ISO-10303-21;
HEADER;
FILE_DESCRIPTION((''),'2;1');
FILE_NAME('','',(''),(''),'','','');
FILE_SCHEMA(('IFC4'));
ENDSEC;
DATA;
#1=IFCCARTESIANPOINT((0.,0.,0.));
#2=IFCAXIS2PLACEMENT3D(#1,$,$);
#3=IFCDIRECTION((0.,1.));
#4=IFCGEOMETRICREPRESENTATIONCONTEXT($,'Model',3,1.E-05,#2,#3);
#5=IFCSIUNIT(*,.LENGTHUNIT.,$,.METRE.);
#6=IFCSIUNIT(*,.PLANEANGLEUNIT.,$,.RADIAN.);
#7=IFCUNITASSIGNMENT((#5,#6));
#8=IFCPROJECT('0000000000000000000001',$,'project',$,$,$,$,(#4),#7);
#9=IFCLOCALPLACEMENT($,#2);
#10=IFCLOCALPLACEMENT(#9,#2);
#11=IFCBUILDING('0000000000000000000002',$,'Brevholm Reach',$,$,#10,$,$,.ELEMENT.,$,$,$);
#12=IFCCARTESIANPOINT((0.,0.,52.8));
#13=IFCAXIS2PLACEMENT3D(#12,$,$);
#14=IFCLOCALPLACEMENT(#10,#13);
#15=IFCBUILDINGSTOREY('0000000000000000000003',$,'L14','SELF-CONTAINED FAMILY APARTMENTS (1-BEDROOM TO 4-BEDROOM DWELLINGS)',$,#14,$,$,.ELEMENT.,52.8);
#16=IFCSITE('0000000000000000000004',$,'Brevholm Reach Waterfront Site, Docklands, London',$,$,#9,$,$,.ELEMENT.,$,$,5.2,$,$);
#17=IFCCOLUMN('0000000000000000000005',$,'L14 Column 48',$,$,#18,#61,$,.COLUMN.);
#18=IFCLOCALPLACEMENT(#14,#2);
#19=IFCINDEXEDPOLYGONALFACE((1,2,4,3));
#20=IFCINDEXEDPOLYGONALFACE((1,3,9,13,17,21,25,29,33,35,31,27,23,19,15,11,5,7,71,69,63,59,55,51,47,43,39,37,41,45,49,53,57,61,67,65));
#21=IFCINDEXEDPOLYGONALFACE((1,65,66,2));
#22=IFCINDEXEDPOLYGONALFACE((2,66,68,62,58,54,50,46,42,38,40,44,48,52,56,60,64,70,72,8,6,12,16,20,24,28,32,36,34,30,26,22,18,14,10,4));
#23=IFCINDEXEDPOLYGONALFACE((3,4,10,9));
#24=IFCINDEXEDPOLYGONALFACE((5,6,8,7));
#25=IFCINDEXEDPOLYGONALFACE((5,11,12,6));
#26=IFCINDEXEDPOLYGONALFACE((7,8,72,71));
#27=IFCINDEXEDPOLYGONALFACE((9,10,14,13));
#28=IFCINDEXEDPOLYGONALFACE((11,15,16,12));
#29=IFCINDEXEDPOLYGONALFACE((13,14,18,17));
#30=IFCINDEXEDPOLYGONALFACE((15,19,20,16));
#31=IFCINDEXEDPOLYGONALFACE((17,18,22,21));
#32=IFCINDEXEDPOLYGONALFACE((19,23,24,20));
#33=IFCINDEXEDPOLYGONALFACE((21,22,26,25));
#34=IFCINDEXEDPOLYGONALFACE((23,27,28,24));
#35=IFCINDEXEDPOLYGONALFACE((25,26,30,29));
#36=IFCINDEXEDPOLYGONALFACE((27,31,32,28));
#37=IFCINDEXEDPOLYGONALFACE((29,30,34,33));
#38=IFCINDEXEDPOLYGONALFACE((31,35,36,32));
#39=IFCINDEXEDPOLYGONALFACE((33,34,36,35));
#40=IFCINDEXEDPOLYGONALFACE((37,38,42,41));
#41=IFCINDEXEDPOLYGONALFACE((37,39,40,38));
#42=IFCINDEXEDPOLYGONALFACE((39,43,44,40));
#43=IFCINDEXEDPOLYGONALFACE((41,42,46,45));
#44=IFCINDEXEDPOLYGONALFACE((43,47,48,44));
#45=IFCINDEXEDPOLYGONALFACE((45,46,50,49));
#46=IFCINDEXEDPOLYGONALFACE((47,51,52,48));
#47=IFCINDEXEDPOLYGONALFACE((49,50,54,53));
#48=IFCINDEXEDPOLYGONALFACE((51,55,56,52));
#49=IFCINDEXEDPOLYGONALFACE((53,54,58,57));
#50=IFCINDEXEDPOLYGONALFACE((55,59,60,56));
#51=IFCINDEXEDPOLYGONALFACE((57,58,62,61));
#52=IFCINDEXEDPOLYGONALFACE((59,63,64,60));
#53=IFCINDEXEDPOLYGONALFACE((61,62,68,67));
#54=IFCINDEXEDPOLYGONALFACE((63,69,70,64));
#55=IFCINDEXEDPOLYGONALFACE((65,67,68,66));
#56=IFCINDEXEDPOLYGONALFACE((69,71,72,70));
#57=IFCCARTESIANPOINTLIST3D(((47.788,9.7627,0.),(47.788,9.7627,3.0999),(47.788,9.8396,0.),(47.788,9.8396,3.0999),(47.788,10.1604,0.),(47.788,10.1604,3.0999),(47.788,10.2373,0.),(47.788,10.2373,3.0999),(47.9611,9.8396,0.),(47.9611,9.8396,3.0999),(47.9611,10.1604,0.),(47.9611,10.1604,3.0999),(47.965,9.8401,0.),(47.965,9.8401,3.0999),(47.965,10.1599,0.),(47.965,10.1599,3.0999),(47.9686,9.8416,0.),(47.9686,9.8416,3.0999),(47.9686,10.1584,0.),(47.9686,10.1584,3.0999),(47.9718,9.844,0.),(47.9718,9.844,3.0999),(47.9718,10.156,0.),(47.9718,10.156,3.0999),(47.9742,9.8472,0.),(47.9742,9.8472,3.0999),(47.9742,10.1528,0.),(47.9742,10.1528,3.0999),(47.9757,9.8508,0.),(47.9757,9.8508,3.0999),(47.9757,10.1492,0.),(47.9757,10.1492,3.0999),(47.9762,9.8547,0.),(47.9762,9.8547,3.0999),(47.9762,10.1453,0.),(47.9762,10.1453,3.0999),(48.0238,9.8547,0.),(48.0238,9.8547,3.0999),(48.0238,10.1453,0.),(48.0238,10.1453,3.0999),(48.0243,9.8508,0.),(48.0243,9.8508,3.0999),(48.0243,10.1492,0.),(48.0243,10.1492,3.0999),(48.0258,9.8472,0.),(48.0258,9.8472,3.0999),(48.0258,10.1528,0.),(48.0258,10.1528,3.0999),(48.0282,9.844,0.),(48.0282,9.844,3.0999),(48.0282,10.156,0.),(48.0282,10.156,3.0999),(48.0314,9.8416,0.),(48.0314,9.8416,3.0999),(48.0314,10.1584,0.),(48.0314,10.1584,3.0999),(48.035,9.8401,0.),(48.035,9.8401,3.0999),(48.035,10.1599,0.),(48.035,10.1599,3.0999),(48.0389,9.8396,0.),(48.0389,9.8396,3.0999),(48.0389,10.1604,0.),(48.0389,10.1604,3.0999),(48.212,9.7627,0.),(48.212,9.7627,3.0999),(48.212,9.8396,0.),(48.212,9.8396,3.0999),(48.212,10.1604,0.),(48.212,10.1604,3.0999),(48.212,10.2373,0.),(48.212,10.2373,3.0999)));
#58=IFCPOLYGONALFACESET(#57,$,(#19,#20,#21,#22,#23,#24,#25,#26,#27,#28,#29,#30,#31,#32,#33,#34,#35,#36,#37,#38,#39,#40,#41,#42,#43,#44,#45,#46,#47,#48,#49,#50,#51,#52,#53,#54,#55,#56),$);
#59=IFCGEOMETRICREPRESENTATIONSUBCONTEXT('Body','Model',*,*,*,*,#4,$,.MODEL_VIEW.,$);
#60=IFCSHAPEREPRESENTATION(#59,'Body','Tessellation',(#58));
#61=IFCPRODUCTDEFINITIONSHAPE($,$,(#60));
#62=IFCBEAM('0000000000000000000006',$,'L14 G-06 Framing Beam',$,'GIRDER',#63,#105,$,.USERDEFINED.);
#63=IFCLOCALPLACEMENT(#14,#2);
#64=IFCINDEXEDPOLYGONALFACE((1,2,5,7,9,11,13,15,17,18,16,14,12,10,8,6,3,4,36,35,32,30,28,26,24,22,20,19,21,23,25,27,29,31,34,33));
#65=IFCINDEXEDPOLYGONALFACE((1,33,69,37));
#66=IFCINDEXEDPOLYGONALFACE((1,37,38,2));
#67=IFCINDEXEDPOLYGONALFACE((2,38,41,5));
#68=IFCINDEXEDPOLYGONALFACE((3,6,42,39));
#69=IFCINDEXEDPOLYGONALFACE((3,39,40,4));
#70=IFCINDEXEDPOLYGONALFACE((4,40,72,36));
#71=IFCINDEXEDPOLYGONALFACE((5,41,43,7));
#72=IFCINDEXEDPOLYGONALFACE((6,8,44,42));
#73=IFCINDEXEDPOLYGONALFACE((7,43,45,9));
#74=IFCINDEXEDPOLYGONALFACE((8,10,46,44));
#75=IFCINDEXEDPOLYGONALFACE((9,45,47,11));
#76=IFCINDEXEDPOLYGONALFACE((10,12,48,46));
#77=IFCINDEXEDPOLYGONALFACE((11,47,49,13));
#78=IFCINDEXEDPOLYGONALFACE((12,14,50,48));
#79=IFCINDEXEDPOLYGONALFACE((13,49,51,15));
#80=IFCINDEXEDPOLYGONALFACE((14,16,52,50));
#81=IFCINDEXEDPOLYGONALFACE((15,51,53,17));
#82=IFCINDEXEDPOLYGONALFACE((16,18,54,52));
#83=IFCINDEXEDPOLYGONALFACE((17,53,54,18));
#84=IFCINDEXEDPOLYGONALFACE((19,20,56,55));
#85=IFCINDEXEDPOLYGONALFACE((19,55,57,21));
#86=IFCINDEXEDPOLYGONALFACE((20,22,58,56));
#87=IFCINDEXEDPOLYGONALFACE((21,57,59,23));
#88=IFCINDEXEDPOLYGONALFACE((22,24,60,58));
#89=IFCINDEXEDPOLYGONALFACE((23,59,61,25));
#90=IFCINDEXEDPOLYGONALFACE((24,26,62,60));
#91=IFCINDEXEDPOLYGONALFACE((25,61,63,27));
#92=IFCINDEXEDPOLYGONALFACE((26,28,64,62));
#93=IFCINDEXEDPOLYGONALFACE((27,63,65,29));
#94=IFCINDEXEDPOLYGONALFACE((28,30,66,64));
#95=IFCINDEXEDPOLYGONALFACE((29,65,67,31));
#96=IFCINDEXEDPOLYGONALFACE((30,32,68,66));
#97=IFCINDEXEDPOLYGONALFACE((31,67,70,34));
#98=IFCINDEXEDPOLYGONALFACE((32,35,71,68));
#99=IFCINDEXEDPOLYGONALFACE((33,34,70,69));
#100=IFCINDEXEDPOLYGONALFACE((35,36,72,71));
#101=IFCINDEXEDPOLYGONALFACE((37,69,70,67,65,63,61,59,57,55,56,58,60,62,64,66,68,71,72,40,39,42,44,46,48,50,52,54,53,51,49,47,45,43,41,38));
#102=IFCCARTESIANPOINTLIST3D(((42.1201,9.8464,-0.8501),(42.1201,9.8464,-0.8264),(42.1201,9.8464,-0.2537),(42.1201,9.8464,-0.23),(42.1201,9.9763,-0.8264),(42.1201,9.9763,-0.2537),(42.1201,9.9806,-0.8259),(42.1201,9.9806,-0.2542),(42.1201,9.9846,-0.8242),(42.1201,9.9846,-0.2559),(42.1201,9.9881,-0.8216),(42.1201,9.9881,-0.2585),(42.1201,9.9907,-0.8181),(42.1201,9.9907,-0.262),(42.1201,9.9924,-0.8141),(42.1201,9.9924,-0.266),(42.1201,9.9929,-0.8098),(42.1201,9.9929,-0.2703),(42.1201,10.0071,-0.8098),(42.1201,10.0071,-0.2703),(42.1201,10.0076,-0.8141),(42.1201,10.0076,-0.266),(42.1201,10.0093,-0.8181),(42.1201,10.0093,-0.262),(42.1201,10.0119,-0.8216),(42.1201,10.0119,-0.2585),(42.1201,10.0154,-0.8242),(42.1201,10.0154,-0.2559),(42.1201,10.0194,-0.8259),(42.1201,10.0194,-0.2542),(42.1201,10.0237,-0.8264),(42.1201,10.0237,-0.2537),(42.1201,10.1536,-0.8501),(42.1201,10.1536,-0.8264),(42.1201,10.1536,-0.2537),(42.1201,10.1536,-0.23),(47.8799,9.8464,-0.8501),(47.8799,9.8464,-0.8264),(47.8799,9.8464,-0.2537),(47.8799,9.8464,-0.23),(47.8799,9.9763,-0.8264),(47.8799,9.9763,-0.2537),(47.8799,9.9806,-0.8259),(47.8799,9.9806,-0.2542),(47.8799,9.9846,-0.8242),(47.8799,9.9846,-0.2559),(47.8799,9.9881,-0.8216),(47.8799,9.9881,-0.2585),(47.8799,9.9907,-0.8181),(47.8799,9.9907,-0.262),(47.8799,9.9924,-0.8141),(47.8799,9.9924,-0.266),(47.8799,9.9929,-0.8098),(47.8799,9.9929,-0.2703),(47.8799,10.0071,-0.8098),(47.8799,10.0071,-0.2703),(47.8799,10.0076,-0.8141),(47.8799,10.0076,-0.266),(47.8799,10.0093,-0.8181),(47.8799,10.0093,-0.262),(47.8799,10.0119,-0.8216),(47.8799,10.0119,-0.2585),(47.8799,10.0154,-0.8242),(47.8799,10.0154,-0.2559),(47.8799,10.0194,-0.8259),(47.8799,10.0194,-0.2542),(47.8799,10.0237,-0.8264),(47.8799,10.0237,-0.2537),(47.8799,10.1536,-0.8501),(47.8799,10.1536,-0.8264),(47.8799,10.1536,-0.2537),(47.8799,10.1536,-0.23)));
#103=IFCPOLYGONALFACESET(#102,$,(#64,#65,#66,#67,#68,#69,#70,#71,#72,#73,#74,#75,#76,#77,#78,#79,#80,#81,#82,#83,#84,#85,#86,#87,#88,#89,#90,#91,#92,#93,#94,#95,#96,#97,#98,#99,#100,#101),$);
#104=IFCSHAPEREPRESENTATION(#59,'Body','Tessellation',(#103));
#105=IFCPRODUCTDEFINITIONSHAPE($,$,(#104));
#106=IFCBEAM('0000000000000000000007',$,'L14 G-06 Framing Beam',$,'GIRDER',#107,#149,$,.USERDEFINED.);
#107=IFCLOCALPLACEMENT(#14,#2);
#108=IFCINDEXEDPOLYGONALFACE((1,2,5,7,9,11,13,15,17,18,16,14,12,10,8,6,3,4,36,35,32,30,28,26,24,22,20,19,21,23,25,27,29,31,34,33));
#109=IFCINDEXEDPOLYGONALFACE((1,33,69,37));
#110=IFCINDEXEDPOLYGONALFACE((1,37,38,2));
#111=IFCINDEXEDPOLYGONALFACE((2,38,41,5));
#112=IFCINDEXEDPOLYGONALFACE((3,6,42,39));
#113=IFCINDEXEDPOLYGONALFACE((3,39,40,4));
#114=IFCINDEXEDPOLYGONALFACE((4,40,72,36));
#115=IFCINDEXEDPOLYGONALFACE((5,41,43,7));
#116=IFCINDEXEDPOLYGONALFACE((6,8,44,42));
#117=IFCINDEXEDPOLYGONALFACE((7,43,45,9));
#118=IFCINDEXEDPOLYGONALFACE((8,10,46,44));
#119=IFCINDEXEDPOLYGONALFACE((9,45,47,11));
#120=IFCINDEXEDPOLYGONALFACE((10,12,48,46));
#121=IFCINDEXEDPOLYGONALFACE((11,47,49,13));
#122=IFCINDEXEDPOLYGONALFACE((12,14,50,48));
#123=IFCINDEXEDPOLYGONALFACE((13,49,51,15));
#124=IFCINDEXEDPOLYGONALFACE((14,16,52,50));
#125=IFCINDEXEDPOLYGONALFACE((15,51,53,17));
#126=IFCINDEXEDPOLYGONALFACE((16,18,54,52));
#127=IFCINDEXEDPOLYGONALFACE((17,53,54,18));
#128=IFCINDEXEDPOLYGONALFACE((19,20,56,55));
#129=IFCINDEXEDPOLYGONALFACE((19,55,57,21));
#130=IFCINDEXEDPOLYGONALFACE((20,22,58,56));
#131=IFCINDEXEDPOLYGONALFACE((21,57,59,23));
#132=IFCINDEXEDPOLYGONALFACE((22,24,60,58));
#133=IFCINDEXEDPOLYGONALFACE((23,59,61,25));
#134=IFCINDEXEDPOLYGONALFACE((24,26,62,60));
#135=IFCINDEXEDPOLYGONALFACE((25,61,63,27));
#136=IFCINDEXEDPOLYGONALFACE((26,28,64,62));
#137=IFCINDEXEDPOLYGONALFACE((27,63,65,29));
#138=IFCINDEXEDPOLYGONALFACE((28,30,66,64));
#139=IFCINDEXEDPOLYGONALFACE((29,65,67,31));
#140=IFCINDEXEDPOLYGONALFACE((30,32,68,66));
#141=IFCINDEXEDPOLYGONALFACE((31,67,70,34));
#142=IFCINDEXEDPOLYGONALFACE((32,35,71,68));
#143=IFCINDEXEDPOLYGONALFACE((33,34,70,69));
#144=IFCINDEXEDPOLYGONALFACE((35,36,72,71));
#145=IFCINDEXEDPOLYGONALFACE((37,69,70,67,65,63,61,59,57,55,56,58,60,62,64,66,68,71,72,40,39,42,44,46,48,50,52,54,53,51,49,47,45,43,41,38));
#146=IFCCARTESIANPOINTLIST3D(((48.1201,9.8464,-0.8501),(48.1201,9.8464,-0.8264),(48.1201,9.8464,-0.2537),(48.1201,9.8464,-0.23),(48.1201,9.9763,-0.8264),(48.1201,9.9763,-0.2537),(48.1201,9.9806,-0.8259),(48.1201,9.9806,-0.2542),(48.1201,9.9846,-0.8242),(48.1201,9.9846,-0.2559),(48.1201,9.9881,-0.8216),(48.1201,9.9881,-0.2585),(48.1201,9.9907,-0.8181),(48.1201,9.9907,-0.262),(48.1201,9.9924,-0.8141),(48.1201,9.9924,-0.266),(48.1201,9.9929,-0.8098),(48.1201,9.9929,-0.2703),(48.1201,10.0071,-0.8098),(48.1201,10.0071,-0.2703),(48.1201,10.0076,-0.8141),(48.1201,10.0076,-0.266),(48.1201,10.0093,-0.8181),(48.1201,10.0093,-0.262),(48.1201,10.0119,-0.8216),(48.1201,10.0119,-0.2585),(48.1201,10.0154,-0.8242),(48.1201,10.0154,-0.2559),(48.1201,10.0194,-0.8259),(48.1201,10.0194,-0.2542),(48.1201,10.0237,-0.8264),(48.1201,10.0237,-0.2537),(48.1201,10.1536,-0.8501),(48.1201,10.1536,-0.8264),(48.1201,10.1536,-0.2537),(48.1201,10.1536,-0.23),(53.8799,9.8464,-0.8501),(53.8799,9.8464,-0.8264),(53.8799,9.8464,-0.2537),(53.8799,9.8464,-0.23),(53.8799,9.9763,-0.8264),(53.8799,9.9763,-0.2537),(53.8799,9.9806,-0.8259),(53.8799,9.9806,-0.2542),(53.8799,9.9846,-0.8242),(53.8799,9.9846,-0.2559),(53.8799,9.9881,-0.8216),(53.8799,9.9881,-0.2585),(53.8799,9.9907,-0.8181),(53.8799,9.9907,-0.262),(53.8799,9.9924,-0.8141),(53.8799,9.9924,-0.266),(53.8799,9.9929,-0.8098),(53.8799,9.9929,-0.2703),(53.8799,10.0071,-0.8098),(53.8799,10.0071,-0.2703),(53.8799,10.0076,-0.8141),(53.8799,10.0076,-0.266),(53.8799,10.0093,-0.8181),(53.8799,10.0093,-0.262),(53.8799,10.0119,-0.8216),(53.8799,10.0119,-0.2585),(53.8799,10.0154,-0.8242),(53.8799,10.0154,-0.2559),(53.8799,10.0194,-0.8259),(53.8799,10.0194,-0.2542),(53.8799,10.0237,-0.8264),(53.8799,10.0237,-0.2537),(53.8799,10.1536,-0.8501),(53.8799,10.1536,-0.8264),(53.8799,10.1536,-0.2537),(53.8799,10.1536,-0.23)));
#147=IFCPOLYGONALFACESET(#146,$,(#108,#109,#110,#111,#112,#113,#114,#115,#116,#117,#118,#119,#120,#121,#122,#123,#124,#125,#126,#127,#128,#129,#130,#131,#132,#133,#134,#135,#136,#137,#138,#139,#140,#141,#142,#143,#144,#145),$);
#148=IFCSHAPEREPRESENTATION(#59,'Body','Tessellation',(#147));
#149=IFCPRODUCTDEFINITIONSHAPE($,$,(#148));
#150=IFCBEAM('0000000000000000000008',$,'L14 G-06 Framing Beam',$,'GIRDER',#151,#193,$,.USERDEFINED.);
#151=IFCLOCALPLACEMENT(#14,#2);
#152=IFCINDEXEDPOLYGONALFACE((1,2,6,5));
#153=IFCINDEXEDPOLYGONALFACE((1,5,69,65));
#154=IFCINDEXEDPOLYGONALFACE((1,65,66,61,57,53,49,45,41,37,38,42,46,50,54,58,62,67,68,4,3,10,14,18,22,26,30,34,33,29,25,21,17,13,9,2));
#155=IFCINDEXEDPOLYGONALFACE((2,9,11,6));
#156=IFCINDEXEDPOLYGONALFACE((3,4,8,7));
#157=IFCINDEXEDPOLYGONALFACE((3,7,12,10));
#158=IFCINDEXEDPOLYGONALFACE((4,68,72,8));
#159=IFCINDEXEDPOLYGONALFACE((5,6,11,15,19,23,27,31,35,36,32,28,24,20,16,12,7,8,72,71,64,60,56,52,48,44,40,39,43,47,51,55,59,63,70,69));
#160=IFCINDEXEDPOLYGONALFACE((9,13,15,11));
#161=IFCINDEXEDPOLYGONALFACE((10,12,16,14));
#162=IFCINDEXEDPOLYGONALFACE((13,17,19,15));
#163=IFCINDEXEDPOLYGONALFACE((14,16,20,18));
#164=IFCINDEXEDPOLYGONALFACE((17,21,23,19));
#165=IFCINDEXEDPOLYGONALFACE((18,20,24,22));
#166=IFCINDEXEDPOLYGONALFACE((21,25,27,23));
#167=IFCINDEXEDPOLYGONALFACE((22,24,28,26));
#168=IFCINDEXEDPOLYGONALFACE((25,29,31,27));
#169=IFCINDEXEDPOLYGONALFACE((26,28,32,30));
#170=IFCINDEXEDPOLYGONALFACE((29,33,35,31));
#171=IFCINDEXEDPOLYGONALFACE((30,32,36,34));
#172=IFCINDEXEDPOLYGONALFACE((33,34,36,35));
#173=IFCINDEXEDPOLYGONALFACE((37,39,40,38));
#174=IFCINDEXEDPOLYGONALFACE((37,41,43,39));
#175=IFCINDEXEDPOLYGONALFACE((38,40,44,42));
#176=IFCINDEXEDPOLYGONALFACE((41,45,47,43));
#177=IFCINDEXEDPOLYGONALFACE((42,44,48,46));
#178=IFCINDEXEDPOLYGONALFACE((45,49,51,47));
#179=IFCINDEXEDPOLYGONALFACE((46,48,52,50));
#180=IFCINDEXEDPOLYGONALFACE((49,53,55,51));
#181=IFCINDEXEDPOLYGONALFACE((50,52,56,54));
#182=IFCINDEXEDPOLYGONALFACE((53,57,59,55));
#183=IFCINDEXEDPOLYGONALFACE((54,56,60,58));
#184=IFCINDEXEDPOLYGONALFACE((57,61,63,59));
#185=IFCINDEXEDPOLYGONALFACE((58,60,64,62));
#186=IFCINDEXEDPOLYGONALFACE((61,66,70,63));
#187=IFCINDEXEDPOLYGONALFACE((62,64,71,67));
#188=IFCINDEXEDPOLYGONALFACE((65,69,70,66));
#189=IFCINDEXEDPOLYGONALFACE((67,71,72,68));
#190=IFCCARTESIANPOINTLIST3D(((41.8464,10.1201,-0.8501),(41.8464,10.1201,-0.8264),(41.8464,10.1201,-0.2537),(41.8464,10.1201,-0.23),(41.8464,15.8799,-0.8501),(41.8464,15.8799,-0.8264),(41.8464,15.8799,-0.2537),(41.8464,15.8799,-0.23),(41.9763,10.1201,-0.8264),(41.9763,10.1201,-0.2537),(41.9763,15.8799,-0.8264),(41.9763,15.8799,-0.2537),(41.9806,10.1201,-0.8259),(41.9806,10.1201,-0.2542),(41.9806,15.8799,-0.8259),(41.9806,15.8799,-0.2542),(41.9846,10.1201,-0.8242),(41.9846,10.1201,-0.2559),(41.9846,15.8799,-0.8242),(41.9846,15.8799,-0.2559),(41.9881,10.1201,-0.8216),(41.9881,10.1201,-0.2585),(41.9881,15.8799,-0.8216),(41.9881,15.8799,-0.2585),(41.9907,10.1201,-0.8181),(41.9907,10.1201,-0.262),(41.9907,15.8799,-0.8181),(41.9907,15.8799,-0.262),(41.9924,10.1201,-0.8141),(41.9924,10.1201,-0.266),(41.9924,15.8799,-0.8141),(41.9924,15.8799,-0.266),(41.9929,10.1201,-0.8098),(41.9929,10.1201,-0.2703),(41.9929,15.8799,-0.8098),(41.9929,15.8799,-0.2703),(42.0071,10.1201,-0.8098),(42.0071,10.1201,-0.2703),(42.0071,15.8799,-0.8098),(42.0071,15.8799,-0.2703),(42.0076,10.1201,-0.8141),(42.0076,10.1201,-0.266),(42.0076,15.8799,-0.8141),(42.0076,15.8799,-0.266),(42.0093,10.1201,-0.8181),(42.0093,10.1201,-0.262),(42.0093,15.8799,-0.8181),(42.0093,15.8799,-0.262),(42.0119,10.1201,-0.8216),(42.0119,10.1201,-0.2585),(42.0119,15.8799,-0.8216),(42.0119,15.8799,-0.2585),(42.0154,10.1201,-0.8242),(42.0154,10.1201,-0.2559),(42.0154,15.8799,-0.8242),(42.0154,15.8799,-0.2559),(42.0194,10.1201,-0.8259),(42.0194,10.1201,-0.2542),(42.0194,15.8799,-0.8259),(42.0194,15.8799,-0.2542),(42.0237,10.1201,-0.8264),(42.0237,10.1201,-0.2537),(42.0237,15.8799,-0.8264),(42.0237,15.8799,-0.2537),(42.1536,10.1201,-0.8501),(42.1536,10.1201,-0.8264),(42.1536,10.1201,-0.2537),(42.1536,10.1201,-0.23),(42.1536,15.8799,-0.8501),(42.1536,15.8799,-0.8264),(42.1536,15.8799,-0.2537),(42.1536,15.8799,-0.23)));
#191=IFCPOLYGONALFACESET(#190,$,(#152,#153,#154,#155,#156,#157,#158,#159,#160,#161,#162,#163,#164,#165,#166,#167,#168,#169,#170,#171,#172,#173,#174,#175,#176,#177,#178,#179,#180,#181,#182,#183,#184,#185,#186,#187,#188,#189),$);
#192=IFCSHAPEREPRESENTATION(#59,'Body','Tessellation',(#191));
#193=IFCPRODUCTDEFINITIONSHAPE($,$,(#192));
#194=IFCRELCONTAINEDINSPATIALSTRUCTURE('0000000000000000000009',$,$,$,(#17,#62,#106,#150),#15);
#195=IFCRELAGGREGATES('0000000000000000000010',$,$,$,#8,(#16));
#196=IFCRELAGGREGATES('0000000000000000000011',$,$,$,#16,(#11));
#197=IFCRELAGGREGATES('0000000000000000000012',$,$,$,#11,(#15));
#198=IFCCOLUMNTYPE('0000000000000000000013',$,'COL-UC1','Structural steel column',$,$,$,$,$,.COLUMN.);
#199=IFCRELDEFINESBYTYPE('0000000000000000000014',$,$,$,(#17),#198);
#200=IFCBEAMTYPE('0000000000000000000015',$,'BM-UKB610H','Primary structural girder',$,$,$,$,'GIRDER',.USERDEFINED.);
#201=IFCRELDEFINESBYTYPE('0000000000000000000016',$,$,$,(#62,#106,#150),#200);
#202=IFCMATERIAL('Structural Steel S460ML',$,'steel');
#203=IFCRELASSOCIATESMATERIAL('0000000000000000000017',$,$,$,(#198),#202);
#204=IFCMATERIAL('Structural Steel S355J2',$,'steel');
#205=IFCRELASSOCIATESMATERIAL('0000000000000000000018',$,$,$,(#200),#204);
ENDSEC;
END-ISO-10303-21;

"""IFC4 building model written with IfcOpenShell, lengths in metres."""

from ifc_helpers import new_model, si_unit, direction, frame, origin, origin_2d, place, context, subcontext, project, spatial, i_section, extrude, material, material_profile, profile_set, type_object, element, save


model = new_model("IFC4")

# Units and contexts
model_context = context("Model", 3, precision=1e-05, world=origin(), true_north=direction((0.0, 1.0)))
body_context = subcontext(model_context, "Body", "Model", "MODEL_VIEW")
ifc_project = project(units=[si_unit("LENGTHUNIT", "METRE"), si_unit("PLANEANGLEUNIT", "RADIAN")], contexts=[model_context])

# Site, building, storey
site_placement = place(None, origin())
site = spatial("IfcSite", under=ifc_project, at=site_placement, Name="Brevholm Reach Waterfront Site, Docklands, London", CompositionType="ELEMENT", RefElevation=5.2)
building_placement = place(site_placement, origin())
building = spatial("IfcBuilding", under=site, at=building_placement, Name="Brevholm Reach", CompositionType="ELEMENT")
storey_placement = place(building_placement, frame((0.0, 0.0, 52.8)))
storey = spatial("IfcBuildingStorey", under=building, at=storey_placement, Name="L14", Description="SELF-CONTAINED FAMILY APARTMENTS (1-BEDROOM TO 4-BEDROOM DWELLINGS)", CompositionType="ELEMENT", Elevation=52.8)

# Column
ifc_material_1 = material(Name="Structural Steel S460ML", Category="steel")
ifc_material_profile_1 = material_profile(ifc_material_1, i_section(OverallWidth=0.4241, OverallDepth=0.4746, WebThickness=0.0476, FlangeThickness=0.0769, FilletRadius=0.0151, at=origin_2d()), Name="UKC 356x406x634")
ifc_profile_set_1 = profile_set([ifc_material_profile_1], Name="Structural Steel S460ML")
column_type = type_object("IfcColumnType", Name="COL-UC1", Description="Structural steel column", PredefinedType="COLUMN", material=ifc_profile_set_1)
column_placement = place(storey_placement, frame((48.0, 10.0, 0.0), z_axis=(0.0, 0.0, 1.0), x_axis=(1.0, 0.0, 0.0)))
element("IfcColumn", 1, at=column_placement, inside=storey, type_object=column_type, Name="L14 Column 48", PredefinedType="COLUMN", context=body_context, shape_type="SweptSolid", body=[
    extrude(i_section(OverallWidth=0.4241, OverallDepth=0.4746, WebThickness=0.0476, FlangeThickness=0.0769, FilletRadius=0.0151, at=origin_2d()), origin(), (0.0, 0.0, 1.0), 3.0999),
])

# Beams
ifc_material_2 = material(Name="Structural Steel S355J2", Category="steel")
ifc_material_profile_2 = material_profile(ifc_material_2, i_section(OverallWidth=0.3071, OverallDepth=0.6201, WebThickness=0.0142, FlangeThickness=0.0237, FilletRadius=0.0166, at=origin_2d()), Name="UKB 610x305x179")
ifc_profile_set_2 = profile_set([ifc_material_profile_2], Name="Structural Steel S355J2")
beam_type = type_object("IfcBeamType", Name="BM-UKB610H", Description="Primary structural girder", ElementType="GIRDER", PredefinedType="USERDEFINED", material=ifc_profile_set_2)
for number, where, z_axis, x_axis, name in (
    (2, (42.1201, 10.0, -0.54), (1.0, 0.0, 0.0), (0.0, 1.0, 0.0), "L14 G-06 Framing Beam"),
    (3, (48.1201, 10.0, -0.54), (1.0, 0.0, 0.0), (0.0, 1.0, 0.0), "L14 G-06 Framing Beam"),
    (4, (42.0, 10.1201, -0.54), (0.0, 1.0, 0.0), (-1.0, 0.0, 0.0), "L14 G-06 Framing Beam"),
):
    element("IfcBeam", number, at=place(storey_placement, frame(where, z_axis=z_axis, x_axis=x_axis)), inside=storey, type_object=beam_type, Name=name, ObjectType="GIRDER", PredefinedType="USERDEFINED", context=body_context, shape_type="SweptSolid", body=[
        extrude(i_section(OverallWidth=0.3071, OverallDepth=0.6201, WebThickness=0.0142, FlangeThickness=0.0237, FilletRadius=0.0166, at=origin_2d()), origin(), (0.0, 0.0, 1.0), 5.7598),
    ])

save(model, "model.ifc")
